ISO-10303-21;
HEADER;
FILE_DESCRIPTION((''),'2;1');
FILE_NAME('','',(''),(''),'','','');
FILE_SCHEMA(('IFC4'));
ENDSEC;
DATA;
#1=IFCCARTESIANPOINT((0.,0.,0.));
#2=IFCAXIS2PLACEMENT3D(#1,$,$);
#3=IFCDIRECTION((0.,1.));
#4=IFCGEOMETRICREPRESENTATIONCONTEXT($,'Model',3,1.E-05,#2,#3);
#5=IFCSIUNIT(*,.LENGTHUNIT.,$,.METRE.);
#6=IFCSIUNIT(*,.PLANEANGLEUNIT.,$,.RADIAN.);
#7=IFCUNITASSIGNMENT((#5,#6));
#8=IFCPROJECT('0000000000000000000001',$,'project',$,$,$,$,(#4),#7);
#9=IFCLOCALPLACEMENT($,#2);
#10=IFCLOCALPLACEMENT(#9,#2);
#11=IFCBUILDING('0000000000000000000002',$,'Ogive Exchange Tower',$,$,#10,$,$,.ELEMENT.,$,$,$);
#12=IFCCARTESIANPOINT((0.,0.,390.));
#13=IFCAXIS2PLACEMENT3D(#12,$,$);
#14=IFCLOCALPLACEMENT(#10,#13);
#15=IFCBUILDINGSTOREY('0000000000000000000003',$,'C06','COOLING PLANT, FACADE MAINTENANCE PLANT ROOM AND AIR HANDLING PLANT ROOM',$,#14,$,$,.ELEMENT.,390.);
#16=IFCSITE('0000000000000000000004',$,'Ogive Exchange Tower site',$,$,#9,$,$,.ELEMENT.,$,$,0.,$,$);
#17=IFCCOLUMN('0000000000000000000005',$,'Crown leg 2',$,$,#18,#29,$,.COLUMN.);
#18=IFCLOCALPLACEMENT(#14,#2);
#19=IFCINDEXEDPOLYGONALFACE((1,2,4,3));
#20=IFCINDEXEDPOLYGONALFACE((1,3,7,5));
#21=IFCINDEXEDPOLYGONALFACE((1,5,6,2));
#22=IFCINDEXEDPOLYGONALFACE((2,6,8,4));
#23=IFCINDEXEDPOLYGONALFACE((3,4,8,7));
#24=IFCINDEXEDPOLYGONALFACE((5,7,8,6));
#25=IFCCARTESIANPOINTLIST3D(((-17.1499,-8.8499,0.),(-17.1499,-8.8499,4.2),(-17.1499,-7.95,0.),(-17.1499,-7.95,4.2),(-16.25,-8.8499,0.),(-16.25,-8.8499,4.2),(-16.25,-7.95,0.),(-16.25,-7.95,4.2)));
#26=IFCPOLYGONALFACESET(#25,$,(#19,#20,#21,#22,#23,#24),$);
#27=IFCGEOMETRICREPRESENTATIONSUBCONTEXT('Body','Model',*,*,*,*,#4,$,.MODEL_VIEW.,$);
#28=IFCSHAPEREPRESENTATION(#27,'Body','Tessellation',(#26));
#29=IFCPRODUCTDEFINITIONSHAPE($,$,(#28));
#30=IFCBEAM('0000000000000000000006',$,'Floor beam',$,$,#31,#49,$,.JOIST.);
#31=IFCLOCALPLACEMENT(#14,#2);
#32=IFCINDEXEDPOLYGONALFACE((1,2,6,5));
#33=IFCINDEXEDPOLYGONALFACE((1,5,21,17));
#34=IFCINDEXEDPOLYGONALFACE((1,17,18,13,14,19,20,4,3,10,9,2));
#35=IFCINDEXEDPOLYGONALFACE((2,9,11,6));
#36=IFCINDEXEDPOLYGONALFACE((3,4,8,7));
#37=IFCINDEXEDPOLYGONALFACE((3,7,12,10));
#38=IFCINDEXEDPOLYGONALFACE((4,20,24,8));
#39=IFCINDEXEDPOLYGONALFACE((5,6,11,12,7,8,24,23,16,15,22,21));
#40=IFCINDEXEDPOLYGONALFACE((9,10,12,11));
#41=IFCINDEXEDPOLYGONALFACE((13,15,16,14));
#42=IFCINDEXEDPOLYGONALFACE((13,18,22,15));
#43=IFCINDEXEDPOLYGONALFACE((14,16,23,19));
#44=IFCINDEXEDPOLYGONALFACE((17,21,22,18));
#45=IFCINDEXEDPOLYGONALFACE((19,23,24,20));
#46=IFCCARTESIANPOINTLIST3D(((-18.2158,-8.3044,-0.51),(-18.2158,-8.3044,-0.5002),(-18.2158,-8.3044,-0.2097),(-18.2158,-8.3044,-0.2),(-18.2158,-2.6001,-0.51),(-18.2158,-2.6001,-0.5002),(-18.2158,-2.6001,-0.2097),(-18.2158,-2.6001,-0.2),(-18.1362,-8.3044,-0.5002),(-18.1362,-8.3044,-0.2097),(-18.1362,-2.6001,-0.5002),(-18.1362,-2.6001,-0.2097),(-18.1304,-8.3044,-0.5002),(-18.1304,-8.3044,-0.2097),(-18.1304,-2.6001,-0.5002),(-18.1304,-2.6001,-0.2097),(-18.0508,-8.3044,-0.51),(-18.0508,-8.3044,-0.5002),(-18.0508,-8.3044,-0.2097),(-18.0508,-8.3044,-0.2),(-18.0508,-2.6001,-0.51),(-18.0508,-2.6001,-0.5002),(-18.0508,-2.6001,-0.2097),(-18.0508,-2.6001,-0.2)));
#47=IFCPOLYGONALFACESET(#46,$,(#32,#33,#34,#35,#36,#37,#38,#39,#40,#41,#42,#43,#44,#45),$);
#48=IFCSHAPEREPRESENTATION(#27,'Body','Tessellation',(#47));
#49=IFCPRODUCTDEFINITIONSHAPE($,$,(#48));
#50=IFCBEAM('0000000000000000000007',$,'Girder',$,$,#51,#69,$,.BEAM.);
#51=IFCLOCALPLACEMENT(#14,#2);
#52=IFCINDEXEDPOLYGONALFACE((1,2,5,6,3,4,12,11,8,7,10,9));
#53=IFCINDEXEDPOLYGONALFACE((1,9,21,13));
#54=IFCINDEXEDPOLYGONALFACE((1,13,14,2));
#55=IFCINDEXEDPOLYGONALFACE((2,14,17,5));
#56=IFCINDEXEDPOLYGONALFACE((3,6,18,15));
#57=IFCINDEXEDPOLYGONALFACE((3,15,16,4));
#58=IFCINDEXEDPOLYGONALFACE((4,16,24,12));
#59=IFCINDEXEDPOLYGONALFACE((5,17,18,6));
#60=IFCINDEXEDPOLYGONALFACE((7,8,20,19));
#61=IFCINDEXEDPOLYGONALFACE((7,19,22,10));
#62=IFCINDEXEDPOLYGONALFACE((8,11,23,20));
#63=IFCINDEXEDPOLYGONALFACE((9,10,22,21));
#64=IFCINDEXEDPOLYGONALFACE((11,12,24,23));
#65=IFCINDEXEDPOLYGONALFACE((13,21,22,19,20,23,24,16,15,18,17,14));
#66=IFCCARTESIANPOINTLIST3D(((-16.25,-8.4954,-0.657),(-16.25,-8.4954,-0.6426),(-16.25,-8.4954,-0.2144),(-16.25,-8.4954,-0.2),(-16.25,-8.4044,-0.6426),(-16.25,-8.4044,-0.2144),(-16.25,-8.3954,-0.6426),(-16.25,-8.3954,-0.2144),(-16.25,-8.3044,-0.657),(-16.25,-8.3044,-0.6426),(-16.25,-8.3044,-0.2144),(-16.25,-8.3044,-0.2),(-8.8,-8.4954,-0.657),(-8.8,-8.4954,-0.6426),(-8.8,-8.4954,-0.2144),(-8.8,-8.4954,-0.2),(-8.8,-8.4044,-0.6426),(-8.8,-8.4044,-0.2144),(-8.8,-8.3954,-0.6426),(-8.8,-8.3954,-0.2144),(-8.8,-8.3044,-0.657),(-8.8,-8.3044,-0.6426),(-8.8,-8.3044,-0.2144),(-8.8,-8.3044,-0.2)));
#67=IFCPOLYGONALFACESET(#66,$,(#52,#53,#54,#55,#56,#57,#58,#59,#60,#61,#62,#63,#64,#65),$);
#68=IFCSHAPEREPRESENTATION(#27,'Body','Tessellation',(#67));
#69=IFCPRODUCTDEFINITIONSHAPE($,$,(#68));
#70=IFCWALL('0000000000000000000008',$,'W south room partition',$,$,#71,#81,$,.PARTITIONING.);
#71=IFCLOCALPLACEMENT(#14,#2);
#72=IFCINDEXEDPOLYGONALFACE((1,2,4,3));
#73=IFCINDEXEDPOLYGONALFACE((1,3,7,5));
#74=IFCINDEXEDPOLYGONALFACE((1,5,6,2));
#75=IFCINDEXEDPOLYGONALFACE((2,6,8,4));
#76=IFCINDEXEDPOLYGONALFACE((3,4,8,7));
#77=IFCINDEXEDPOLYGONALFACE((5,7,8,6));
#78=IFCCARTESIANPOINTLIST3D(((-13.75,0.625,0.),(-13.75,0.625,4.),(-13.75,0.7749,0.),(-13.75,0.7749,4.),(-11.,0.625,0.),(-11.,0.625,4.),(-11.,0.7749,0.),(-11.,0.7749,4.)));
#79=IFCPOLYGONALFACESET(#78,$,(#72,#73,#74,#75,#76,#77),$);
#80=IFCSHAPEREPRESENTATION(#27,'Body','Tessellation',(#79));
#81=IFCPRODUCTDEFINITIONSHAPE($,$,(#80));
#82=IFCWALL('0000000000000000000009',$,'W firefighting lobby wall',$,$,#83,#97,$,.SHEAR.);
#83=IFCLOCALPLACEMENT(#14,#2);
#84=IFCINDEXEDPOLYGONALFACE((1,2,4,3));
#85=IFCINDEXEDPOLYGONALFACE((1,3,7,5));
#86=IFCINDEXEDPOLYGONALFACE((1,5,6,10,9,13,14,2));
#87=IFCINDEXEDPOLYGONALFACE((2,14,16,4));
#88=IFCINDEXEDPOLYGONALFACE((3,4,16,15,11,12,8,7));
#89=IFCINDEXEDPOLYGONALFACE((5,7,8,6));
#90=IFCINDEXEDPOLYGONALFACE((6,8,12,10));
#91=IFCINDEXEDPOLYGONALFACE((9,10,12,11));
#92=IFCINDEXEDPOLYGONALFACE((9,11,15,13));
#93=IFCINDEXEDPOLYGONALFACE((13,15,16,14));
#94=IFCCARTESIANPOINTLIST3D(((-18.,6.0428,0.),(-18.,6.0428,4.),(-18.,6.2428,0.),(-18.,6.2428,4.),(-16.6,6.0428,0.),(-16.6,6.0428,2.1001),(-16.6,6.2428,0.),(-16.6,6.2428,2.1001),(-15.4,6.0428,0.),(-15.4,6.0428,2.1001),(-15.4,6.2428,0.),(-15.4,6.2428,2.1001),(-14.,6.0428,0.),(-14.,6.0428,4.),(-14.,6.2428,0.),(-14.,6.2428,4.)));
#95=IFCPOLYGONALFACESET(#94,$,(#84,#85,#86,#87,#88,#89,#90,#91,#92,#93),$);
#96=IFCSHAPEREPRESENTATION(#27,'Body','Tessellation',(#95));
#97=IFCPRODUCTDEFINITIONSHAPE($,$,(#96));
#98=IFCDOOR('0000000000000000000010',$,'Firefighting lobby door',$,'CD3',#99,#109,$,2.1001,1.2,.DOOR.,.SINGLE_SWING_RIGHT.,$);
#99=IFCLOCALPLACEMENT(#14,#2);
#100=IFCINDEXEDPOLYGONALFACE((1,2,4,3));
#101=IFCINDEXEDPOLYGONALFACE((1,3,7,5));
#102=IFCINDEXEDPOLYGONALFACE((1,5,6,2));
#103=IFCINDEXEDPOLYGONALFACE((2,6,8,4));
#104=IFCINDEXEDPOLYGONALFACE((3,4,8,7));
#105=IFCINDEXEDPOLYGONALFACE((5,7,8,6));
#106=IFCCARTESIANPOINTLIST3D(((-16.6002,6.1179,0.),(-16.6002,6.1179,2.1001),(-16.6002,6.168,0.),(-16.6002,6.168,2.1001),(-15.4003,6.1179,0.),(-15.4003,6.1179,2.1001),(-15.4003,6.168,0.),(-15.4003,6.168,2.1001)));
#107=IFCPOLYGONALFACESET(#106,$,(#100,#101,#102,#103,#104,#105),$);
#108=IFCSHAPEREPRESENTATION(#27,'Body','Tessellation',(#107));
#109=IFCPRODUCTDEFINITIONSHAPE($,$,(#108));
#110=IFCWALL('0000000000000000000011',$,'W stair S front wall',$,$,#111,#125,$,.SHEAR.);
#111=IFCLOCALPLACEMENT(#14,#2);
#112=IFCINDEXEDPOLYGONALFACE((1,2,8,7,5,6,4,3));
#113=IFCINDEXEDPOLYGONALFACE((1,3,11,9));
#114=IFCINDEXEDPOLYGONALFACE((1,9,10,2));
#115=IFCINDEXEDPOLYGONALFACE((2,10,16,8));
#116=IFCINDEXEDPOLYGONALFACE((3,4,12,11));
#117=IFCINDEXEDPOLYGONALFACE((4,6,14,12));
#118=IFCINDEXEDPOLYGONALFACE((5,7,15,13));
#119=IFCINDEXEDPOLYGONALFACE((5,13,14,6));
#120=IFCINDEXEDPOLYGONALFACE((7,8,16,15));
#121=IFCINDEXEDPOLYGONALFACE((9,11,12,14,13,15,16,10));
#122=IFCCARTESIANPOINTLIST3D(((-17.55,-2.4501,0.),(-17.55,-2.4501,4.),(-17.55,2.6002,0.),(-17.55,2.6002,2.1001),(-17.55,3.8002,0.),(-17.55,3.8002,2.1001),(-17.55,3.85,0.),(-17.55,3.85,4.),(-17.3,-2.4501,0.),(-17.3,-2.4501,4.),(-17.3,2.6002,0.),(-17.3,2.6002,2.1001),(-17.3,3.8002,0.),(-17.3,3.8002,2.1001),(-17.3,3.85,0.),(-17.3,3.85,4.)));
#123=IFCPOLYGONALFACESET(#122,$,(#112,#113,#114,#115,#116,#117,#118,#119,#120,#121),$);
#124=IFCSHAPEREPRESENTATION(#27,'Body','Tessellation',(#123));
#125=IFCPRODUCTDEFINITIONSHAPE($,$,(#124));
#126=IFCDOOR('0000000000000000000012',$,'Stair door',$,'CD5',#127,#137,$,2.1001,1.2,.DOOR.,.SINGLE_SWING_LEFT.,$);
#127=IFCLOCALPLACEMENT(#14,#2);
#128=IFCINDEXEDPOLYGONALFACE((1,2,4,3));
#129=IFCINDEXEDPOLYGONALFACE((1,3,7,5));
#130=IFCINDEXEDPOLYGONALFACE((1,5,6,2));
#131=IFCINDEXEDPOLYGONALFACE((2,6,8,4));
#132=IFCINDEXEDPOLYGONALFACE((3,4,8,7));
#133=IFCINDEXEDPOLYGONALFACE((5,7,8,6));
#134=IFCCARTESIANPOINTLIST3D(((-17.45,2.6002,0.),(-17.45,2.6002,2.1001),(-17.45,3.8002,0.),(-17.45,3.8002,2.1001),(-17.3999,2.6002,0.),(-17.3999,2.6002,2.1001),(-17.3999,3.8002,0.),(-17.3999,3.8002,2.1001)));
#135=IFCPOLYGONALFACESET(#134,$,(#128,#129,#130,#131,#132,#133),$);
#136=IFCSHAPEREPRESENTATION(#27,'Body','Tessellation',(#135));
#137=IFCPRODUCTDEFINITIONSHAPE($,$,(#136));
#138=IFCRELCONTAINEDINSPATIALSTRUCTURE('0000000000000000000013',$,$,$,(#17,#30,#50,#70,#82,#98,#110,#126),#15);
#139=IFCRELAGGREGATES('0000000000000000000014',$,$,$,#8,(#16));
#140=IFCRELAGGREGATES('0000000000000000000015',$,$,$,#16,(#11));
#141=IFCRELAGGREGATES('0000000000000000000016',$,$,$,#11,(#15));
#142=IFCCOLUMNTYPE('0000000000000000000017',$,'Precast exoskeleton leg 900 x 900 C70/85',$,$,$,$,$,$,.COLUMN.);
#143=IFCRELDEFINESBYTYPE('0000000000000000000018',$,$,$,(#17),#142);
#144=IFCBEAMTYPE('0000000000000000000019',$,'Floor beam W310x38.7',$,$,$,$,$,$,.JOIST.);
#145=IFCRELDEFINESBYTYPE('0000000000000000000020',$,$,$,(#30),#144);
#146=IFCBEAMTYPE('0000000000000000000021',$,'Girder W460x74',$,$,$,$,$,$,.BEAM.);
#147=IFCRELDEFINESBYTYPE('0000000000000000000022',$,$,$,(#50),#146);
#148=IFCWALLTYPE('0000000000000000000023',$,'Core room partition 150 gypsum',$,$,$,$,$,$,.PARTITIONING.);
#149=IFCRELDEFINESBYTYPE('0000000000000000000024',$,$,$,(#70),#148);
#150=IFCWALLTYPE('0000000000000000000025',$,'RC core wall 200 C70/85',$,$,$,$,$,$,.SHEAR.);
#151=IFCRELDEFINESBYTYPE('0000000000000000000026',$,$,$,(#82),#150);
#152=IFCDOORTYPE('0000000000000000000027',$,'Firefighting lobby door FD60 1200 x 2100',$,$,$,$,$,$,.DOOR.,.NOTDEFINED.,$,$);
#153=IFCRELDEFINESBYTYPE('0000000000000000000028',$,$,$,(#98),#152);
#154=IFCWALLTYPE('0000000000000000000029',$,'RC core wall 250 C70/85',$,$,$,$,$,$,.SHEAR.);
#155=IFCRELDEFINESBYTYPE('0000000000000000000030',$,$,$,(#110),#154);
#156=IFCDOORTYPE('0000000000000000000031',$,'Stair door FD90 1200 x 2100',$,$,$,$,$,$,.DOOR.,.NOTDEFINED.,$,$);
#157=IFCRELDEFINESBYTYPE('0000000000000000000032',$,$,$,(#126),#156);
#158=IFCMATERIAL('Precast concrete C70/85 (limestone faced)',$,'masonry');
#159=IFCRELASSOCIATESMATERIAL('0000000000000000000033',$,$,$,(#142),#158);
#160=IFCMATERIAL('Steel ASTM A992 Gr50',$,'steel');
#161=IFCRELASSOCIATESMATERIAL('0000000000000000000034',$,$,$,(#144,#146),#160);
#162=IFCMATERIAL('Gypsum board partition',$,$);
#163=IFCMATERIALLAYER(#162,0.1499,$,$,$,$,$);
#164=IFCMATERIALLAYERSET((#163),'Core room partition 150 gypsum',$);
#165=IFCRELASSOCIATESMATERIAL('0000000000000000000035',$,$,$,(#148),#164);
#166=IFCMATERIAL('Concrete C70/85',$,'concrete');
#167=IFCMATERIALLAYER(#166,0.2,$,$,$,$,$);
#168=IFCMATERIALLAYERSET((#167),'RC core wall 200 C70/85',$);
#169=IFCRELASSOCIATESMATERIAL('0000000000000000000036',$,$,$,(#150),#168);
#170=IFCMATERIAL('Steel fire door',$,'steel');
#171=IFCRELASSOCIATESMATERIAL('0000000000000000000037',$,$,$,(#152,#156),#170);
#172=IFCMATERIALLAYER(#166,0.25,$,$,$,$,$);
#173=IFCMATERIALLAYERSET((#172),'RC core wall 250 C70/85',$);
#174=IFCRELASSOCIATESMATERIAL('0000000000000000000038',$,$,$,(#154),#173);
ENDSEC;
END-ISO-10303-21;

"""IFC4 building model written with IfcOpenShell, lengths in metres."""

from ifc_helpers import new_model, si_unit, direction, frame, frame_2d, origin, origin_2d, place, context, subcontext, project, spatial, rectangle, i_section, extrude, material, layer, layer_set, material_profile, profile_set, type_object, element, fill, save


model = new_model("IFC4")

# Units and contexts
model_context = context("Model", 3, precision=1e-05, world=origin(), true_north=direction((0.0, 1.0)))
body_context = subcontext(model_context, "Body", "Model", "MODEL_VIEW")
ifc_project = project(units=[si_unit("LENGTHUNIT", "METRE"), si_unit("PLANEANGLEUNIT", "RADIAN")], contexts=[model_context])

# Site, building, storey
site_placement = place(None, origin())
site = spatial("IfcSite", under=ifc_project, at=site_placement, Name="Ogive Exchange Tower site", CompositionType="ELEMENT", RefElevation=0.0)
building_placement = place(site_placement, origin())
building = spatial("IfcBuilding", under=site, at=building_placement, Name="Ogive Exchange Tower", CompositionType="ELEMENT")
storey_placement = place(building_placement, frame((0.0, 0.0, 390.0)))
storey = spatial("IfcBuildingStorey", under=building, at=storey_placement, Name="C06", Description="COOLING PLANT, FACADE MAINTENANCE PLANT ROOM AND AIR HANDLING PLANT ROOM", CompositionType="ELEMENT", Elevation=390.0)

# Column
ifc_material_1 = material(Name="Precast concrete C70/85 (limestone faced)", Category="masonry")
ifc_material_profile_1 = material_profile(ifc_material_1, rectangle(XDim=0.8999, YDim=0.8999, at=origin_2d()), Name="900 x 900")
ifc_profile_set_1 = profile_set([ifc_material_profile_1], Name="Precast concrete C70/85 (limestone faced)")
column_type = type_object("IfcColumnType", Name="Precast exoskeleton leg 900 x 900 C70/85", PredefinedType="COLUMN", material=ifc_profile_set_1)
column_placement = place(storey_placement, frame((-16.7, -8.3999, 0.0), z_axis=(0.0, 0.0, 1.0), x_axis=(1.0, 0.0, 0.0)))
element("IfcColumn", 1, at=column_placement, inside=storey, type_object=column_type, Name="Crown leg 2", PredefinedType="COLUMN", context=body_context, shape_type="SweptSolid", body=[
    extrude(rectangle(XDim=0.8999, YDim=0.8999, at=origin_2d()), origin(), (0.0, 0.0, 1.0), 4.2),
])

# Beams
ifc_material_2 = material(Name="Steel ASTM A992 Gr50", Category="steel")
ifc_material_profile_2 = material_profile(ifc_material_2, i_section(OverallWidth=0.165, OverallDepth=0.3101, WebThickness=0.0059, FlangeThickness=0.0098, at=origin_2d()), Name="W310x38.7")
ifc_profile_set_2 = profile_set([ifc_material_profile_2], Name="Steel ASTM A992 Gr50")
beam_type_1 = type_object("IfcBeamType", Name="Floor beam W310x38.7", PredefinedType="JOIST", material=ifc_profile_set_2)
beam_1_placement = place(storey_placement, frame((-18.1333, -8.3044, -0.355), z_axis=(0.0, 1.0, 0.0), x_axis=(-1.0, 0.0, 0.0)))
element("IfcBeam", 2, at=beam_1_placement, inside=storey, type_object=beam_type_1, Name="Floor beam", PredefinedType="JOIST", context=body_context, shape_type="SweptSolid", body=[
    extrude(i_section(OverallWidth=0.165, OverallDepth=0.3101, WebThickness=0.0059, FlangeThickness=0.0098, at=origin_2d()), origin(), (0.0, 0.0, 1.0), 5.7043),
])
ifc_material_profile_3 = material_profile(ifc_material_2, i_section(OverallWidth=0.1909, OverallDepth=0.457, WebThickness=0.009, FlangeThickness=0.0144, at=origin_2d()), Name="W460x74")
ifc_profile_set_3 = profile_set([ifc_material_profile_3], Name="Steel ASTM A992 Gr50")
beam_type_2 = type_object("IfcBeamType", Name="Girder W460x74", PredefinedType="BEAM", material=ifc_profile_set_3)
beam_2_placement = place(storey_placement, frame((-16.25, -8.3999, -0.4285), z_axis=(1.0, 0.0, 0.0), x_axis=(0.0, 1.0, 0.0)))
element("IfcBeam", 3, at=beam_2_placement, inside=storey, type_object=beam_type_2, Name="Girder", PredefinedType="BEAM", context=body_context, shape_type="SweptSolid", body=[
    extrude(i_section(OverallWidth=0.1909, OverallDepth=0.457, WebThickness=0.009, FlangeThickness=0.0144, at=origin_2d()), origin(), (0.0, 0.0, 1.0), 7.45),
])

# Wall
ifc_material_3 = material(Name="Gypsum board partition")
ifc_layer_1 = layer(ifc_material_3, 0.1499)
ifc_layer_set_1 = layer_set([ifc_layer_1], Name="Core room partition 150 gypsum")
wall_type_1 = type_object("IfcWallType", Name="Core room partition 150 gypsum", PredefinedType="PARTITIONING", material=ifc_layer_set_1)
wall_1_placement = place(storey_placement, frame((-13.75, 0.7, 0.0), z_axis=(0.0, 0.0, 1.0), x_axis=(1.0, 0.0, 0.0)))
element("IfcWall", 4, at=wall_1_placement, inside=storey, type_object=wall_type_1, Name="W south room partition", PredefinedType="PARTITIONING", context=body_context, shape_type="SweptSolid", body=[
    extrude(rectangle(XDim=2.75, YDim=0.1499, at=frame_2d((1.375, 0.0))), origin(), (0.0, 0.0, 1.0), 4.0),
])

# Walls, openings, doors
ifc_material_4 = material(Name="Concrete C70/85", Category="concrete")
ifc_layer_2 = layer(ifc_material_4, 0.2)
ifc_layer_set_2 = layer_set([ifc_layer_2], Name="RC core wall 200 C70/85")
wall_type_2 = type_object("IfcWallType", Name="RC core wall 200 C70/85", PredefinedType="SHEAR", material=ifc_layer_set_2)
wall_2_placement = place(storey_placement, frame((-18.0, 6.1428, 0.0), z_axis=(0.0, 0.0, 1.0), x_axis=(1.0, 0.0, 0.0)))
wall_2 = element("IfcWall", 5, at=wall_2_placement, inside=storey, type_object=wall_type_2, Name="W firefighting lobby wall", PredefinedType="SHEAR", context=body_context, shape_type="SweptSolid", body=[
    extrude(rectangle(XDim=4.0, YDim=0.2, at=frame_2d((2.0, 0.0))), origin(), (0.0, 0.0, 1.0), 4.0),
])
opening_1_placement = place(wall_2_placement, frame((1.3999, 0.0, 0.0)))
opening_1 = element("IfcOpeningElement", 6, at=opening_1_placement, cuts=wall_2, PredefinedType="OPENING", context=body_context, shape_type="SweptSolid", body=[
    extrude(rectangle(XDim=1.2, YDim=2.1001, at=frame_2d((0.6001, 1.05))), frame((0.0, 0.1099, 0.0), z_axis=(0.0, -1.0, 0.0), x_axis=(1.0, 0.0, 0.0)), (0.0, 0.0, 1.0), 0.22),
])
ifc_material_5 = material(Name="Steel fire door", Category="steel")
door_type_1 = type_object("IfcDoorType", Name="Firefighting lobby door FD60 1200 x 2100", OperationType="NOTDEFINED", PredefinedType="DOOR", material=ifc_material_5)
door_1_placement = place(opening_1_placement, frame((1.2, 0.0, 0.0), z_axis=(0.0, 0.0, 1.0), x_axis=(-1.0, 0.0, 0.0)))
door_1 = element("IfcDoor", 7, at=door_1_placement, inside=storey, type_object=door_type_1, Name="Firefighting lobby door", ObjectType="CD3", OperationType="SINGLE_SWING_RIGHT", OverallHeight=2.1001, OverallWidth=1.2, PredefinedType="DOOR", context=body_context, shape_type="SweptSolid", body=[
    extrude(rectangle(XDim=1.2, YDim=2.1001, at=frame_2d((0.6001, 1.05))), frame((0.0, 0.0249, 0.0), z_axis=(0.0, -1.0, 0.0), x_axis=(1.0, 0.0, 0.0)), (0.0, 0.0, 1.0), 0.05),
])
fill(opening_1, door_1)
ifc_layer_3 = layer(ifc_material_4, 0.25)
ifc_layer_set_3 = layer_set([ifc_layer_3], Name="RC core wall 250 C70/85")
wall_type_3 = type_object("IfcWallType", Name="RC core wall 250 C70/85", PredefinedType="SHEAR", material=ifc_layer_set_3)
wall_3_placement = place(storey_placement, frame((-17.425, -2.45, 0.0), z_axis=(0.0, 0.0, 1.0), x_axis=(0.0, 1.0, 0.0)))
wall_3 = element("IfcWall", 8, at=wall_3_placement, inside=storey, type_object=wall_type_3, Name="W stair S front wall", PredefinedType="SHEAR", context=body_context, shape_type="SweptSolid", body=[
    extrude(rectangle(XDim=6.3, YDim=0.25, at=frame_2d((3.1499, 0.0))), origin(), (0.0, 0.0, 1.0), 4.0),
])
opening_2_placement = place(wall_3_placement, frame((5.05, 0.0, 0.0)))
opening_2 = element("IfcOpeningElement", 9, at=opening_2_placement, cuts=wall_3, PredefinedType="OPENING", context=body_context, shape_type="SweptSolid", body=[
    extrude(rectangle(XDim=1.2, YDim=2.1001, at=frame_2d((0.6001, 1.05))), frame((0.0, 0.135, 0.0), z_axis=(0.0, -1.0, 0.0), x_axis=(1.0, 0.0, 0.0)), (0.0, 0.0, 1.0), 0.27),
])
door_type_2 = type_object("IfcDoorType", Name="Stair door FD90 1200 x 2100", OperationType="NOTDEFINED", PredefinedType="DOOR", material=ifc_material_5)
door_2_placement = place(opening_2_placement, origin())
door_2 = element("IfcDoor", 10, at=door_2_placement, inside=storey, type_object=door_type_2, Name="Stair door", ObjectType="CD5", OperationType="SINGLE_SWING_LEFT", OverallHeight=2.1001, OverallWidth=1.2, PredefinedType="DOOR", context=body_context, shape_type="SweptSolid", body=[
    extrude(rectangle(XDim=1.2, YDim=2.1001, at=frame_2d((0.6001, 1.05))), frame((0.0, 0.0249, 0.0), z_axis=(0.0, -1.0, 0.0), x_axis=(1.0, 0.0, 0.0)), (0.0, 0.0, 1.0), 0.05),
])
fill(opening_2, door_2)

save(model, "model.ifc")
